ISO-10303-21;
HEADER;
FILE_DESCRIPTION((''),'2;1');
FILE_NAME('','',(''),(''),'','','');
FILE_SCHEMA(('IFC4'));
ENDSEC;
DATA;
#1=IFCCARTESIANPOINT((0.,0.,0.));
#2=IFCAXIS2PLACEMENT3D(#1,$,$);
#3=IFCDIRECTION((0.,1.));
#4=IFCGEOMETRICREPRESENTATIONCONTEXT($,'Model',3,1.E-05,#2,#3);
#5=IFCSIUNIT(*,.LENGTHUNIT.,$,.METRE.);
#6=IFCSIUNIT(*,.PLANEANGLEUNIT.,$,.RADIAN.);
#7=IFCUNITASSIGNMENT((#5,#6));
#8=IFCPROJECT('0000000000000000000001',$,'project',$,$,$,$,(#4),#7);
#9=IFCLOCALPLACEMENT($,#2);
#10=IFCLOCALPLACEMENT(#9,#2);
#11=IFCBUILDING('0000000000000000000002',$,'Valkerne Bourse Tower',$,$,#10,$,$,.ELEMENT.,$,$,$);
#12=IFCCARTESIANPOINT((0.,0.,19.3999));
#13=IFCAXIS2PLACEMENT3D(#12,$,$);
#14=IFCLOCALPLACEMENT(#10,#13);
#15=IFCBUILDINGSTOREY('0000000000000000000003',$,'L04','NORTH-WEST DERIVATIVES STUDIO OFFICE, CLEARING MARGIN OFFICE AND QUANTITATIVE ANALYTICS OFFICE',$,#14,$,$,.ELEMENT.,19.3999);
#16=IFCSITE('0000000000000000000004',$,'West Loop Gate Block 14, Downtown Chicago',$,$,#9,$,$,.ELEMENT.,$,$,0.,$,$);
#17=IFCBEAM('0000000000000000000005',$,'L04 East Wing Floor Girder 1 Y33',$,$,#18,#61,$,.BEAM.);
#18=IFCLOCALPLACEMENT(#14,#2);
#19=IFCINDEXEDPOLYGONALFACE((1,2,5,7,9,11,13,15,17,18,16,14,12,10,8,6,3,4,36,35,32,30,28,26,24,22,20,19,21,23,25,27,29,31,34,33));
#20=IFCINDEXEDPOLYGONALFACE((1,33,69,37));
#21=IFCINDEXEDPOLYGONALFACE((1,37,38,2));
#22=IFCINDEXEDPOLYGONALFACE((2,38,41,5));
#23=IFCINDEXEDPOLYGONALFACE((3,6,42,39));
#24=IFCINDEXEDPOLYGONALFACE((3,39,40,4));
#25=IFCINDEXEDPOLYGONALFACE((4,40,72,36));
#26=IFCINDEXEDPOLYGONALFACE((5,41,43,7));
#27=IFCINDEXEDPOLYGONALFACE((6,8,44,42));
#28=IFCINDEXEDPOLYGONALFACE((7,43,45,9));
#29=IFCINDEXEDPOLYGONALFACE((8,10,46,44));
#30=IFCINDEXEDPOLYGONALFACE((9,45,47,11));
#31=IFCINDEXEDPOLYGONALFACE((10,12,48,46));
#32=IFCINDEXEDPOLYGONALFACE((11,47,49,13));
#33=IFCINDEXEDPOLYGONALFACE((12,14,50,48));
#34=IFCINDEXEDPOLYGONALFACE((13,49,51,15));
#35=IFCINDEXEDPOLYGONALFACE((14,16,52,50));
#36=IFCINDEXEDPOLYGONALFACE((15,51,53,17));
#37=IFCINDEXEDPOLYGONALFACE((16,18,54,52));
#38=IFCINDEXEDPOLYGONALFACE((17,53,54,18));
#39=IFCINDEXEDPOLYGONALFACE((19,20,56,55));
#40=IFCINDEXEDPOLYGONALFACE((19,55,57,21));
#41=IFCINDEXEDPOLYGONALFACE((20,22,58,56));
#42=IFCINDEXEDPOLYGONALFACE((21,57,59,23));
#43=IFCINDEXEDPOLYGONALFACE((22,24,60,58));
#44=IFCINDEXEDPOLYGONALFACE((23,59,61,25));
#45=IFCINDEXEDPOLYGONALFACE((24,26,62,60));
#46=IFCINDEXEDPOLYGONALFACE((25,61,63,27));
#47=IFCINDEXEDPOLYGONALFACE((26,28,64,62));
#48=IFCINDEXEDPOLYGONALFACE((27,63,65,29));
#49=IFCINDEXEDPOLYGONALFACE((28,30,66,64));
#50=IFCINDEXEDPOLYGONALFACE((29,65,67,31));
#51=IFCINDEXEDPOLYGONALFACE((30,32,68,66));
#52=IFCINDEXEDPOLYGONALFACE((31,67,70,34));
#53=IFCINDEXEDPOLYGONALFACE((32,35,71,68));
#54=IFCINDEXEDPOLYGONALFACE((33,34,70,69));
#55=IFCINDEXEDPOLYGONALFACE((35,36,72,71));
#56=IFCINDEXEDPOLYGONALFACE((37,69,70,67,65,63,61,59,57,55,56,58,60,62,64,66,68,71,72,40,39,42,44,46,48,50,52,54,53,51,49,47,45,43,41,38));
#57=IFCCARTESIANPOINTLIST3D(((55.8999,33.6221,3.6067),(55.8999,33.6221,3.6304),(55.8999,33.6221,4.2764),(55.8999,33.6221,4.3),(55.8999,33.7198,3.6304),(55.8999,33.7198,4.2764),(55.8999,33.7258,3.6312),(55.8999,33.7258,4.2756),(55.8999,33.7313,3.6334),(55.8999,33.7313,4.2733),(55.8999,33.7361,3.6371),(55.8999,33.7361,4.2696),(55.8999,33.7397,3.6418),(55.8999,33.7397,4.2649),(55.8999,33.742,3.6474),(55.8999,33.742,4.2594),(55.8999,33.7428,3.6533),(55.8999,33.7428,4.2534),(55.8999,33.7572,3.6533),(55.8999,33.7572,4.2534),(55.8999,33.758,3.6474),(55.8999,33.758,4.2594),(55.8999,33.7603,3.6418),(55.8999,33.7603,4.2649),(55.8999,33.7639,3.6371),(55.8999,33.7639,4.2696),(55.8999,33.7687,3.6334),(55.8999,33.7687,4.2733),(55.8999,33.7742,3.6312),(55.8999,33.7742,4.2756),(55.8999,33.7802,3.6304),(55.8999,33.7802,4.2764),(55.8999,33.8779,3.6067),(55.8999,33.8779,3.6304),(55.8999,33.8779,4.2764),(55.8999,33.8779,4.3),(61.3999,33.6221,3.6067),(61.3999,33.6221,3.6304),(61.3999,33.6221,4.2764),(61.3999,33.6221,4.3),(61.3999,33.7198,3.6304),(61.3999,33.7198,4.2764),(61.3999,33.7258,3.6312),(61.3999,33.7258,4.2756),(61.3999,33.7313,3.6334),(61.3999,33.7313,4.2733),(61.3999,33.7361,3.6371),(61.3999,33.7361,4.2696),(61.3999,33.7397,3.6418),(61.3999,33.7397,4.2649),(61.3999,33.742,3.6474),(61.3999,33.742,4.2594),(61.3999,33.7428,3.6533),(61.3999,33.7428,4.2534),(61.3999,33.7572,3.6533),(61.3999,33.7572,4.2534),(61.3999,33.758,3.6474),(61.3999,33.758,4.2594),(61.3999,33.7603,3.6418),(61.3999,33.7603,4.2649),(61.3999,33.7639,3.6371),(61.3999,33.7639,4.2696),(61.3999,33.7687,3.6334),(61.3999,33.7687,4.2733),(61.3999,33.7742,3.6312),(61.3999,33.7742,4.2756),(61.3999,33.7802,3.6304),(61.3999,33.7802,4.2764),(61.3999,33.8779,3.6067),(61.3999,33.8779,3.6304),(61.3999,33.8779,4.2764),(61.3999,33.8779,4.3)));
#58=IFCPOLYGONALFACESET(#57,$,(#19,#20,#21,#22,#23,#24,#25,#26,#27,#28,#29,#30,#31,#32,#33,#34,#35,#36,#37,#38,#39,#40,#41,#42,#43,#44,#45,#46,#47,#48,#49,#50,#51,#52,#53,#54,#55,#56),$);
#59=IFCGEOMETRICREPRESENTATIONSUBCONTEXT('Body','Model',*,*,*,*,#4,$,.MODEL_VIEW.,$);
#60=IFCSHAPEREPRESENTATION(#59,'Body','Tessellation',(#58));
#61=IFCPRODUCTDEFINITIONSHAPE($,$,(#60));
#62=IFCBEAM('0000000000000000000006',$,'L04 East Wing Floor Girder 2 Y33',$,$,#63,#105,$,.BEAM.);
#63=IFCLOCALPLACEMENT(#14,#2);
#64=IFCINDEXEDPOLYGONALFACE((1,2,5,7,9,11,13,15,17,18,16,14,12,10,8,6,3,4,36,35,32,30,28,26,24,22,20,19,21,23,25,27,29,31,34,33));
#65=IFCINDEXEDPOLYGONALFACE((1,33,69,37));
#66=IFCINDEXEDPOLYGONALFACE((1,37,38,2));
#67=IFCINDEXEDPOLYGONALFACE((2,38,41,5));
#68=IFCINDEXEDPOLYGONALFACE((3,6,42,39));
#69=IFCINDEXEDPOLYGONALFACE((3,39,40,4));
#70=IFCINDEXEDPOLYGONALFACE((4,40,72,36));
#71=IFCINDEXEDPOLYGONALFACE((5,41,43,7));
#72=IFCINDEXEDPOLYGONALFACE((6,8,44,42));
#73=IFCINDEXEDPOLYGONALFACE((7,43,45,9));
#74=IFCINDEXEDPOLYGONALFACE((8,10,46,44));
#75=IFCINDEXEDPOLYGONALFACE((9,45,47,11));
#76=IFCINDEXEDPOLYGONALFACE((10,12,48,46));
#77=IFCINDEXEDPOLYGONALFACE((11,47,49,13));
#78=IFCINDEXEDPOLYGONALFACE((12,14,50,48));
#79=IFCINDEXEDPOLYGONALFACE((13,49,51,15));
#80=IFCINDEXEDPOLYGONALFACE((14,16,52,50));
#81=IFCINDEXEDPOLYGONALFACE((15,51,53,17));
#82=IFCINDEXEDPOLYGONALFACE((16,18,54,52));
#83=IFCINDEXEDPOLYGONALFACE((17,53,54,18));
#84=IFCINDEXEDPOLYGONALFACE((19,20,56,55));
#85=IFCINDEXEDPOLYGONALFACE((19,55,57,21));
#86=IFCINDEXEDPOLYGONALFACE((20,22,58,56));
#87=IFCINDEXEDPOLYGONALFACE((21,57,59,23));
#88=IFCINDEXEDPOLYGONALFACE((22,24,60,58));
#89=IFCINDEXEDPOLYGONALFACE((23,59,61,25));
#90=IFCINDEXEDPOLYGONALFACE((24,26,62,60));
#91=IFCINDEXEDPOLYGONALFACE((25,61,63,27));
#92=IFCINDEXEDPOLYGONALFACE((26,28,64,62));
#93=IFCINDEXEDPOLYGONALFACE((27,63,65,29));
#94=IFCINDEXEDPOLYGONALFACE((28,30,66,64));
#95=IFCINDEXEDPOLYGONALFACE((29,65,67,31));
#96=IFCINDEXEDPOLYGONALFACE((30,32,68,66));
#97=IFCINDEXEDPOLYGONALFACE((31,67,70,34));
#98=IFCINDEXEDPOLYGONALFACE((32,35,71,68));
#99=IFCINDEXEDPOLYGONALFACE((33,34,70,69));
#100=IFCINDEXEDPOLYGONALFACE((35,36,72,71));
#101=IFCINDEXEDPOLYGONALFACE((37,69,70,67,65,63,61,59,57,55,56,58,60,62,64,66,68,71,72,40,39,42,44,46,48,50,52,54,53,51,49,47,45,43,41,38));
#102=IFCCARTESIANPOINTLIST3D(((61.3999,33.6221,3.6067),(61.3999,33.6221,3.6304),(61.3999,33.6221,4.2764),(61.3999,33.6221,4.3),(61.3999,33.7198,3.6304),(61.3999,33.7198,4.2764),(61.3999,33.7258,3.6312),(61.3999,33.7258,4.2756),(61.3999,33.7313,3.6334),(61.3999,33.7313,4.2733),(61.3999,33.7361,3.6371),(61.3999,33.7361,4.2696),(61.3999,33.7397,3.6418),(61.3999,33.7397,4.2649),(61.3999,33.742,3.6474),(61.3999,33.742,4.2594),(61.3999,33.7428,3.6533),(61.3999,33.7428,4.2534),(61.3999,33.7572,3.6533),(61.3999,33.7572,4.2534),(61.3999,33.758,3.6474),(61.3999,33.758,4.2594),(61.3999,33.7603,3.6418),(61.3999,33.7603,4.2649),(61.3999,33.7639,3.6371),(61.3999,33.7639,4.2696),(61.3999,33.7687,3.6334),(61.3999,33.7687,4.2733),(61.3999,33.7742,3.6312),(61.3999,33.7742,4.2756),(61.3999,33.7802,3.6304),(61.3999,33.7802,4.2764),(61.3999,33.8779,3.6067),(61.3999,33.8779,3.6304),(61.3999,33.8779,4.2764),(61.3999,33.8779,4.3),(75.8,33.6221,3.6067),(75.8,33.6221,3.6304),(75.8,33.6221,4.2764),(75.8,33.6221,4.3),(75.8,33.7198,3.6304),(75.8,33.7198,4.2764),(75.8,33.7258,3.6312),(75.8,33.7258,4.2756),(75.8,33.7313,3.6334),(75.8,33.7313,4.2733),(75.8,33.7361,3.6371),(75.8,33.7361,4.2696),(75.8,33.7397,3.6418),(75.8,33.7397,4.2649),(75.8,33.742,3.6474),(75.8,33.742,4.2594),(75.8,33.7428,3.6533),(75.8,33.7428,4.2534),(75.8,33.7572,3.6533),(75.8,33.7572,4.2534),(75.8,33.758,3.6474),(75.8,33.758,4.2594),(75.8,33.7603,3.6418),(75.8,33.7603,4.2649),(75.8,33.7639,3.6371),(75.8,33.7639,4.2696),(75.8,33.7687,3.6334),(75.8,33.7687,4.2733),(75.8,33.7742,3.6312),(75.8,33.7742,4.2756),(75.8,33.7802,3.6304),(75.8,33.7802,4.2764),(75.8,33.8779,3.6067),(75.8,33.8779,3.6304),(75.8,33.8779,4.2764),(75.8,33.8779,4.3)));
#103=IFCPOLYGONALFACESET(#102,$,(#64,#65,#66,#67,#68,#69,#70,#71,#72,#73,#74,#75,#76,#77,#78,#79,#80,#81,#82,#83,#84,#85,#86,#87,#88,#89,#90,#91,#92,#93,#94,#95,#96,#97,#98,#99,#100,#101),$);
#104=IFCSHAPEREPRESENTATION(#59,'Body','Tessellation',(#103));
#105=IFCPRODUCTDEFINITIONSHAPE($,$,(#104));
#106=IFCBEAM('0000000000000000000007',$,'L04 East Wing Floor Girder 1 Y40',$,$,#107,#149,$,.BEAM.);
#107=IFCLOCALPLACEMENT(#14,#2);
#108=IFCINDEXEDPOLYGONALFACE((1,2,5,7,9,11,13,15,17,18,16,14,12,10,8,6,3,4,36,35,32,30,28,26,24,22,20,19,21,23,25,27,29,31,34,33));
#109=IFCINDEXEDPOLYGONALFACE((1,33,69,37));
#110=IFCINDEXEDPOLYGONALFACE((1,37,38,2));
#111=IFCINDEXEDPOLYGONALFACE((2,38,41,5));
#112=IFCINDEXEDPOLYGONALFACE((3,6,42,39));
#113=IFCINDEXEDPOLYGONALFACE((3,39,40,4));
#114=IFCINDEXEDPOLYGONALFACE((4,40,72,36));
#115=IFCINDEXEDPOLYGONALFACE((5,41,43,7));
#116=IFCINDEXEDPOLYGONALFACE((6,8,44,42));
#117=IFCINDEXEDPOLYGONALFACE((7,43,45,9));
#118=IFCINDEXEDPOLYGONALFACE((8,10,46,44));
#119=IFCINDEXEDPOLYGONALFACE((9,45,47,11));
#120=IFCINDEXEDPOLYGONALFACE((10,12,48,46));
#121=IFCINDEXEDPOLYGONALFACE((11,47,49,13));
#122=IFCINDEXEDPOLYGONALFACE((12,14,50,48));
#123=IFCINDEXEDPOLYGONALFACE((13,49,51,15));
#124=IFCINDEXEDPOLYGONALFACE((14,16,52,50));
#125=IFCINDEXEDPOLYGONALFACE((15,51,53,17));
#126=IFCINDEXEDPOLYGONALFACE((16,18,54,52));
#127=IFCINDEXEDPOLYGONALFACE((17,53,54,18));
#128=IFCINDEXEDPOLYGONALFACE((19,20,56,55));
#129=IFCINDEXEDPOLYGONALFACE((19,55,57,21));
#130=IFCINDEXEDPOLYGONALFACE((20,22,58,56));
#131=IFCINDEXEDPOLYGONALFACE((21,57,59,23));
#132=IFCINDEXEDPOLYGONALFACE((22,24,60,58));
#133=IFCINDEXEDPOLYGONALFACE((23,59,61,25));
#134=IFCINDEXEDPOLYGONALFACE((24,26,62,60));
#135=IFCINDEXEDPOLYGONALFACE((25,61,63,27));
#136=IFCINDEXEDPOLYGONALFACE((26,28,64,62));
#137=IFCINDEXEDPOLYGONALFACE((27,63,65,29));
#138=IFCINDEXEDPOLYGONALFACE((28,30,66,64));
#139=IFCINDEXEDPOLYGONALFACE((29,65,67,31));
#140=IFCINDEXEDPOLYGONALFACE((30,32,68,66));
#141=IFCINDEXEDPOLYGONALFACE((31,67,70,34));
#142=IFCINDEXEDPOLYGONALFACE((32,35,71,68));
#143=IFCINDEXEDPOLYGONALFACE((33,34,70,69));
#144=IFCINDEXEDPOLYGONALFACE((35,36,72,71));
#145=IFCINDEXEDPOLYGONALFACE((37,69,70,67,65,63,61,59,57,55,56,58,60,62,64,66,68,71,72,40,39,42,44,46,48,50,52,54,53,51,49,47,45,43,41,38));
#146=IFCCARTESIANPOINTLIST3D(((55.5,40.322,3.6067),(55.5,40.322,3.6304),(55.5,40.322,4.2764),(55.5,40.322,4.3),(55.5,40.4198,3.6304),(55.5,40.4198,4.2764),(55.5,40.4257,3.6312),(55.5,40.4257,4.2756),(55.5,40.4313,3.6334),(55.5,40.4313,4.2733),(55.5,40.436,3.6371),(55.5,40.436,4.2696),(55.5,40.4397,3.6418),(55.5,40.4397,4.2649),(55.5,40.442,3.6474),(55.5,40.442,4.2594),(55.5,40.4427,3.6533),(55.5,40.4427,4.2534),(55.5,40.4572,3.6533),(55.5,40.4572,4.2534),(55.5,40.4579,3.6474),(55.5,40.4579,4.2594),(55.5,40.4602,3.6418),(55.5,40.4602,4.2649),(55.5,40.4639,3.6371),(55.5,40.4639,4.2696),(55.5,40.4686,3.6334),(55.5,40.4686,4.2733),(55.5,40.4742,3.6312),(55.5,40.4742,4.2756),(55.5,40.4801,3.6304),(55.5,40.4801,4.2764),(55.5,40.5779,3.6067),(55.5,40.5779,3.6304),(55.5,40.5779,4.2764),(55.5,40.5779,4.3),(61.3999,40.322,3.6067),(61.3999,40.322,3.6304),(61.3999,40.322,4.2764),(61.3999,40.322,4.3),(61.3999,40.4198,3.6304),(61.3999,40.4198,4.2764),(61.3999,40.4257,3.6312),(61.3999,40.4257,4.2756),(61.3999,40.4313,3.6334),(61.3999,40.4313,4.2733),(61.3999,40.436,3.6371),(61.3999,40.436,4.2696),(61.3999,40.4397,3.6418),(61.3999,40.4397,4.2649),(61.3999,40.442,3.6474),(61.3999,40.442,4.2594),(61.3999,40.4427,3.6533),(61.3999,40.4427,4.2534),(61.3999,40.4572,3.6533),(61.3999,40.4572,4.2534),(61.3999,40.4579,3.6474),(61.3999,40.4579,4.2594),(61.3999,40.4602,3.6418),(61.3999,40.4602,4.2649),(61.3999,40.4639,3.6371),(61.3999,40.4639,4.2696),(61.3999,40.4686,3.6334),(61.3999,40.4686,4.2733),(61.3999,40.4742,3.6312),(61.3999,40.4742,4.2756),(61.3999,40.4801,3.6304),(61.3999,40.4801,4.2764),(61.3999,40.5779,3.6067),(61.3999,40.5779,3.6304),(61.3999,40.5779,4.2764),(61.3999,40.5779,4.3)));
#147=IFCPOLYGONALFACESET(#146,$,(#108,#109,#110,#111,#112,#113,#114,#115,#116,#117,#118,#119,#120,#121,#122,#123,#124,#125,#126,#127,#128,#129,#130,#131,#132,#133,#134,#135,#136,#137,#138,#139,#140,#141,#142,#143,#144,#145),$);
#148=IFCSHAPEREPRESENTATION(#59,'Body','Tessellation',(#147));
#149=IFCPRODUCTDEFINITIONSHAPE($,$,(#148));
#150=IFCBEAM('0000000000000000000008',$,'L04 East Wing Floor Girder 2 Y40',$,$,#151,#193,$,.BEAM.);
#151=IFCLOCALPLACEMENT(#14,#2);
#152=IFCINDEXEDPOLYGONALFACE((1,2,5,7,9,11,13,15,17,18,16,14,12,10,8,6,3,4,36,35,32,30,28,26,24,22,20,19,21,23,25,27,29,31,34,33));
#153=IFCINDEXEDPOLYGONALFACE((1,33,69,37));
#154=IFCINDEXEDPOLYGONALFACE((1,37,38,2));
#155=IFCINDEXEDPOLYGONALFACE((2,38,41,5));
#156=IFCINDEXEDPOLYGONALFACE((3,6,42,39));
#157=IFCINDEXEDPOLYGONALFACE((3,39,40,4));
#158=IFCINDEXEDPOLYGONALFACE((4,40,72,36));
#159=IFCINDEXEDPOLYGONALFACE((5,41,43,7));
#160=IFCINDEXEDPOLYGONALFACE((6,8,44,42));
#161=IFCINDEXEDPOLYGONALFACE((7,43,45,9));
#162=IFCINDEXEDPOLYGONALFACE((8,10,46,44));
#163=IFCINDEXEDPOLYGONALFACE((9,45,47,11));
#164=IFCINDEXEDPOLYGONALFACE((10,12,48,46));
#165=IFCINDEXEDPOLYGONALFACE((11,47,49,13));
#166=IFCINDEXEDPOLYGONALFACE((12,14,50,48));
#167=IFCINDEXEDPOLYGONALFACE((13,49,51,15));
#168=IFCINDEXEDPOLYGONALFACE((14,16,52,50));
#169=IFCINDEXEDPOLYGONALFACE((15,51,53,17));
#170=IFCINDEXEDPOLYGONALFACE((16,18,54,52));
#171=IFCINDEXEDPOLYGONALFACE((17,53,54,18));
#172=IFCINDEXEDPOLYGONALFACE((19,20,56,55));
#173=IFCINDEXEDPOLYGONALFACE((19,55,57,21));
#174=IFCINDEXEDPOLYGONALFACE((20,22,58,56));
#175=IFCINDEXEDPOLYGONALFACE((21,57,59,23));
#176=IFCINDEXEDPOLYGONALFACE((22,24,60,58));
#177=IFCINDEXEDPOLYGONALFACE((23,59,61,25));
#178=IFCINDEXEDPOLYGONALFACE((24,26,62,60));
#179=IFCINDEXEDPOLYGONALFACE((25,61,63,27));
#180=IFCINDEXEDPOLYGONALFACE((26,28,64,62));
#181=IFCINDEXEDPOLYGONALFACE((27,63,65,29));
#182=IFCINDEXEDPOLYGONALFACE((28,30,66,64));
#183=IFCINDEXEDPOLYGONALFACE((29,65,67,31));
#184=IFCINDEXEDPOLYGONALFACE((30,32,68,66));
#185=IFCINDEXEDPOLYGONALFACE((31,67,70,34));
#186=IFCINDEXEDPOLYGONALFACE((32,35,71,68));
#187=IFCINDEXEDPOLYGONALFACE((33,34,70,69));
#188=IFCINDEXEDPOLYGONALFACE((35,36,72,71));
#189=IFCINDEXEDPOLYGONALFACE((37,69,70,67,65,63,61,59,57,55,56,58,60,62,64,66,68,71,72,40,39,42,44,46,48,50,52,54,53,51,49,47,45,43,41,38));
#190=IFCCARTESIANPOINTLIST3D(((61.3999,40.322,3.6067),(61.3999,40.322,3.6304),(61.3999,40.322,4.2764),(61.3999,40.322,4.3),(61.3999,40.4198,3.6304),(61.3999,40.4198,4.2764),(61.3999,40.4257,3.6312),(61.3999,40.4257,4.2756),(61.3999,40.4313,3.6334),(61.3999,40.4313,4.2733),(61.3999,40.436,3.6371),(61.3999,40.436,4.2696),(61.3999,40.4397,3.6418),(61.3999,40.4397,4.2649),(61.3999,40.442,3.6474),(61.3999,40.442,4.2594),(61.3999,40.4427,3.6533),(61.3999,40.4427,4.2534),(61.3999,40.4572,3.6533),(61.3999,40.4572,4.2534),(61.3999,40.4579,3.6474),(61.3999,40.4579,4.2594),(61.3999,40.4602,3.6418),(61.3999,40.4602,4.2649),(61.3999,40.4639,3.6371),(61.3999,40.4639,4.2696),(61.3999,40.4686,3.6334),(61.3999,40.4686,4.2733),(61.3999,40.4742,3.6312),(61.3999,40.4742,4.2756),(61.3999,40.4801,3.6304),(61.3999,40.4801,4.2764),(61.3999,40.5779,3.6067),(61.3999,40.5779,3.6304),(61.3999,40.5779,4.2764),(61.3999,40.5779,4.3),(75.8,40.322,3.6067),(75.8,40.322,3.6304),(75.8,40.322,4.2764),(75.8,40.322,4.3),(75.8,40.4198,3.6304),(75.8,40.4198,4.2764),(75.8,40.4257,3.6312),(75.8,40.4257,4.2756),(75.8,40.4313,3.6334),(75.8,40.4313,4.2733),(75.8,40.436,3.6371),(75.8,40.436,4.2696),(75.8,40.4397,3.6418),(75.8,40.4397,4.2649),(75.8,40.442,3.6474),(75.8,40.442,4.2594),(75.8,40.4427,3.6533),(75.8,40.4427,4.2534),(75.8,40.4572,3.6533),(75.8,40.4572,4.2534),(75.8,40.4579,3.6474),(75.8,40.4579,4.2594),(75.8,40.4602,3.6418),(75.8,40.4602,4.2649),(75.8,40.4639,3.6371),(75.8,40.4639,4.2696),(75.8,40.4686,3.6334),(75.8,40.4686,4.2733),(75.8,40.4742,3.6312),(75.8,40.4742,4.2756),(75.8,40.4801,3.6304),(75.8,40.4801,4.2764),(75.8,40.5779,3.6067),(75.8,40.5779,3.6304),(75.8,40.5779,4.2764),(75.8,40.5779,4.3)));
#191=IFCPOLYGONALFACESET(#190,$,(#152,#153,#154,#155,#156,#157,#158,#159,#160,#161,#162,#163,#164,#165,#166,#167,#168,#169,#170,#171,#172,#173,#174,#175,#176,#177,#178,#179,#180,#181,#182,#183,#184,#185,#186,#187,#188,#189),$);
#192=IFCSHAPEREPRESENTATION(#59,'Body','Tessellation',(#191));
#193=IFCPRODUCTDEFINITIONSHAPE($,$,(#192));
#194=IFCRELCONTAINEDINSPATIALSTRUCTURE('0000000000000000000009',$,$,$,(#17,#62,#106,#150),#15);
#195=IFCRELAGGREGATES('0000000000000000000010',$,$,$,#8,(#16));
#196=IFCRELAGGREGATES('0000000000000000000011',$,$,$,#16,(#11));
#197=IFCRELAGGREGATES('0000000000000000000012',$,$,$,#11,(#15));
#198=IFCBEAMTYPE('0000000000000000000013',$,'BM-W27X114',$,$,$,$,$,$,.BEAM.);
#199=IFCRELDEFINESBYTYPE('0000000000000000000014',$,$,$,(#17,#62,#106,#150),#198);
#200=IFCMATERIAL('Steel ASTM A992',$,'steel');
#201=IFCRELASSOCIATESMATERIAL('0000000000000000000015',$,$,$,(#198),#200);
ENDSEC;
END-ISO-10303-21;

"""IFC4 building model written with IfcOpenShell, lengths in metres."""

from ifc_helpers import new_model, si_unit, direction, frame, origin, origin_2d, place, context, subcontext, project, spatial, i_section, extrude, material, material_profile, profile_set, type_object, element, save


model = new_model("IFC4")

# Units and contexts
model_context = context("Model", 3, precision=1e-05, world=origin(), true_north=direction((0.0, 1.0)))
body_context = subcontext(model_context, "Body", "Model", "MODEL_VIEW")
ifc_project = project(units=[si_unit("LENGTHUNIT", "METRE"), si_unit("PLANEANGLEUNIT", "RADIAN")], contexts=[model_context])

# Site, building, storey
site_placement = place(None, origin())
site = spatial("IfcSite", under=ifc_project, at=site_placement, Name="West Loop Gate Block 14, Downtown Chicago", CompositionType="ELEMENT", RefElevation=0.0)
building_placement = place(site_placement, origin())
building = spatial("IfcBuilding", under=site, at=building_placement, Name="Valkerne Bourse Tower", CompositionType="ELEMENT")
storey_placement = place(building_placement, frame((0.0, 0.0, 19.3999)))
storey = spatial("IfcBuildingStorey", under=building, at=storey_placement, Name="L04", Description="NORTH-WEST DERIVATIVES STUDIO OFFICE, CLEARING MARGIN OFFICE AND QUANTITATIVE ANALYTICS OFFICE", CompositionType="ELEMENT", Elevation=19.3999)

# Beams
ifc_material_1 = material(Name="Steel ASTM A992", Category="steel")
ifc_material_profile_1 = material_profile(ifc_material_1, i_section(OverallWidth=0.2559, OverallDepth=0.6934, WebThickness=0.0144, FlangeThickness=0.0237, FilletRadius=0.0229, at=origin_2d()), Name="W27X114")
ifc_profile_set_1 = profile_set([ifc_material_profile_1], Name="Steel ASTM A992")
beam_type = type_object("IfcBeamType", Name="BM-W27X114", PredefinedType="BEAM", material=ifc_profile_set_1)
beam_1_placement = place(storey_placement, frame((55.8999, 33.75, 3.9534), z_axis=(1.0, 0.0, 0.0), x_axis=(0.0, 1.0, 0.0)))
element("IfcBeam", 1, at=beam_1_placement, inside=storey, type_object=beam_type, Name="L04 East Wing Floor Girder 1 Y33", PredefinedType="BEAM", context=body_context, shape_type="SweptSolid", body=[
    extrude(i_section(OverallWidth=0.2559, OverallDepth=0.6934, WebThickness=0.0144, FlangeThickness=0.0237, FilletRadius=0.0229, at=origin_2d()), origin(), (0.0, 0.0, 1.0), 5.5),
])
beam_2_placement = place(storey_placement, frame((61.3999, 33.75, 3.9534), z_axis=(1.0, 0.0, 0.0), x_axis=(0.0, 1.0, 0.0)))
element("IfcBeam", 2, at=beam_2_placement, inside=storey, type_object=beam_type, Name="L04 East Wing Floor Girder 2 Y33", PredefinedType="BEAM", context=body_context, shape_type="SweptSolid", body=[
    extrude(i_section(OverallWidth=0.2559, OverallDepth=0.6934, WebThickness=0.0144, FlangeThickness=0.0237, FilletRadius=0.0229, at=origin_2d()), origin(), (0.0, 0.0, 1.0), 14.4001),
])
beam_3_placement = place(storey_placement, frame((55.5, 40.45, 3.9534), z_axis=(1.0, 0.0, 0.0), x_axis=(0.0, 1.0, 0.0)))
element("IfcBeam", 3, at=beam_3_placement, inside=storey, type_object=beam_type, Name="L04 East Wing Floor Girder 1 Y40", PredefinedType="BEAM", context=body_context, shape_type="SweptSolid", body=[
    extrude(i_section(OverallWidth=0.2559, OverallDepth=0.6934, WebThickness=0.0144, FlangeThickness=0.0237, FilletRadius=0.0229, at=origin_2d()), origin(), (0.0, 0.0, 1.0), 5.8999),
])
beam_4_placement = place(storey_placement, frame((61.3999, 40.45, 3.9534), z_axis=(1.0, 0.0, 0.0), x_axis=(0.0, 1.0, 0.0)))
element("IfcBeam", 4, at=beam_4_placement, inside=storey, type_object=beam_type, Name="L04 East Wing Floor Girder 2 Y40", PredefinedType="BEAM", context=body_context, shape_type="SweptSolid", body=[
    extrude(i_section(OverallWidth=0.2559, OverallDepth=0.6934, WebThickness=0.0144, FlangeThickness=0.0237, FilletRadius=0.0229, at=origin_2d()), origin(), (0.0, 0.0, 1.0), 14.4001),
])

save(model, "model.ifc")
